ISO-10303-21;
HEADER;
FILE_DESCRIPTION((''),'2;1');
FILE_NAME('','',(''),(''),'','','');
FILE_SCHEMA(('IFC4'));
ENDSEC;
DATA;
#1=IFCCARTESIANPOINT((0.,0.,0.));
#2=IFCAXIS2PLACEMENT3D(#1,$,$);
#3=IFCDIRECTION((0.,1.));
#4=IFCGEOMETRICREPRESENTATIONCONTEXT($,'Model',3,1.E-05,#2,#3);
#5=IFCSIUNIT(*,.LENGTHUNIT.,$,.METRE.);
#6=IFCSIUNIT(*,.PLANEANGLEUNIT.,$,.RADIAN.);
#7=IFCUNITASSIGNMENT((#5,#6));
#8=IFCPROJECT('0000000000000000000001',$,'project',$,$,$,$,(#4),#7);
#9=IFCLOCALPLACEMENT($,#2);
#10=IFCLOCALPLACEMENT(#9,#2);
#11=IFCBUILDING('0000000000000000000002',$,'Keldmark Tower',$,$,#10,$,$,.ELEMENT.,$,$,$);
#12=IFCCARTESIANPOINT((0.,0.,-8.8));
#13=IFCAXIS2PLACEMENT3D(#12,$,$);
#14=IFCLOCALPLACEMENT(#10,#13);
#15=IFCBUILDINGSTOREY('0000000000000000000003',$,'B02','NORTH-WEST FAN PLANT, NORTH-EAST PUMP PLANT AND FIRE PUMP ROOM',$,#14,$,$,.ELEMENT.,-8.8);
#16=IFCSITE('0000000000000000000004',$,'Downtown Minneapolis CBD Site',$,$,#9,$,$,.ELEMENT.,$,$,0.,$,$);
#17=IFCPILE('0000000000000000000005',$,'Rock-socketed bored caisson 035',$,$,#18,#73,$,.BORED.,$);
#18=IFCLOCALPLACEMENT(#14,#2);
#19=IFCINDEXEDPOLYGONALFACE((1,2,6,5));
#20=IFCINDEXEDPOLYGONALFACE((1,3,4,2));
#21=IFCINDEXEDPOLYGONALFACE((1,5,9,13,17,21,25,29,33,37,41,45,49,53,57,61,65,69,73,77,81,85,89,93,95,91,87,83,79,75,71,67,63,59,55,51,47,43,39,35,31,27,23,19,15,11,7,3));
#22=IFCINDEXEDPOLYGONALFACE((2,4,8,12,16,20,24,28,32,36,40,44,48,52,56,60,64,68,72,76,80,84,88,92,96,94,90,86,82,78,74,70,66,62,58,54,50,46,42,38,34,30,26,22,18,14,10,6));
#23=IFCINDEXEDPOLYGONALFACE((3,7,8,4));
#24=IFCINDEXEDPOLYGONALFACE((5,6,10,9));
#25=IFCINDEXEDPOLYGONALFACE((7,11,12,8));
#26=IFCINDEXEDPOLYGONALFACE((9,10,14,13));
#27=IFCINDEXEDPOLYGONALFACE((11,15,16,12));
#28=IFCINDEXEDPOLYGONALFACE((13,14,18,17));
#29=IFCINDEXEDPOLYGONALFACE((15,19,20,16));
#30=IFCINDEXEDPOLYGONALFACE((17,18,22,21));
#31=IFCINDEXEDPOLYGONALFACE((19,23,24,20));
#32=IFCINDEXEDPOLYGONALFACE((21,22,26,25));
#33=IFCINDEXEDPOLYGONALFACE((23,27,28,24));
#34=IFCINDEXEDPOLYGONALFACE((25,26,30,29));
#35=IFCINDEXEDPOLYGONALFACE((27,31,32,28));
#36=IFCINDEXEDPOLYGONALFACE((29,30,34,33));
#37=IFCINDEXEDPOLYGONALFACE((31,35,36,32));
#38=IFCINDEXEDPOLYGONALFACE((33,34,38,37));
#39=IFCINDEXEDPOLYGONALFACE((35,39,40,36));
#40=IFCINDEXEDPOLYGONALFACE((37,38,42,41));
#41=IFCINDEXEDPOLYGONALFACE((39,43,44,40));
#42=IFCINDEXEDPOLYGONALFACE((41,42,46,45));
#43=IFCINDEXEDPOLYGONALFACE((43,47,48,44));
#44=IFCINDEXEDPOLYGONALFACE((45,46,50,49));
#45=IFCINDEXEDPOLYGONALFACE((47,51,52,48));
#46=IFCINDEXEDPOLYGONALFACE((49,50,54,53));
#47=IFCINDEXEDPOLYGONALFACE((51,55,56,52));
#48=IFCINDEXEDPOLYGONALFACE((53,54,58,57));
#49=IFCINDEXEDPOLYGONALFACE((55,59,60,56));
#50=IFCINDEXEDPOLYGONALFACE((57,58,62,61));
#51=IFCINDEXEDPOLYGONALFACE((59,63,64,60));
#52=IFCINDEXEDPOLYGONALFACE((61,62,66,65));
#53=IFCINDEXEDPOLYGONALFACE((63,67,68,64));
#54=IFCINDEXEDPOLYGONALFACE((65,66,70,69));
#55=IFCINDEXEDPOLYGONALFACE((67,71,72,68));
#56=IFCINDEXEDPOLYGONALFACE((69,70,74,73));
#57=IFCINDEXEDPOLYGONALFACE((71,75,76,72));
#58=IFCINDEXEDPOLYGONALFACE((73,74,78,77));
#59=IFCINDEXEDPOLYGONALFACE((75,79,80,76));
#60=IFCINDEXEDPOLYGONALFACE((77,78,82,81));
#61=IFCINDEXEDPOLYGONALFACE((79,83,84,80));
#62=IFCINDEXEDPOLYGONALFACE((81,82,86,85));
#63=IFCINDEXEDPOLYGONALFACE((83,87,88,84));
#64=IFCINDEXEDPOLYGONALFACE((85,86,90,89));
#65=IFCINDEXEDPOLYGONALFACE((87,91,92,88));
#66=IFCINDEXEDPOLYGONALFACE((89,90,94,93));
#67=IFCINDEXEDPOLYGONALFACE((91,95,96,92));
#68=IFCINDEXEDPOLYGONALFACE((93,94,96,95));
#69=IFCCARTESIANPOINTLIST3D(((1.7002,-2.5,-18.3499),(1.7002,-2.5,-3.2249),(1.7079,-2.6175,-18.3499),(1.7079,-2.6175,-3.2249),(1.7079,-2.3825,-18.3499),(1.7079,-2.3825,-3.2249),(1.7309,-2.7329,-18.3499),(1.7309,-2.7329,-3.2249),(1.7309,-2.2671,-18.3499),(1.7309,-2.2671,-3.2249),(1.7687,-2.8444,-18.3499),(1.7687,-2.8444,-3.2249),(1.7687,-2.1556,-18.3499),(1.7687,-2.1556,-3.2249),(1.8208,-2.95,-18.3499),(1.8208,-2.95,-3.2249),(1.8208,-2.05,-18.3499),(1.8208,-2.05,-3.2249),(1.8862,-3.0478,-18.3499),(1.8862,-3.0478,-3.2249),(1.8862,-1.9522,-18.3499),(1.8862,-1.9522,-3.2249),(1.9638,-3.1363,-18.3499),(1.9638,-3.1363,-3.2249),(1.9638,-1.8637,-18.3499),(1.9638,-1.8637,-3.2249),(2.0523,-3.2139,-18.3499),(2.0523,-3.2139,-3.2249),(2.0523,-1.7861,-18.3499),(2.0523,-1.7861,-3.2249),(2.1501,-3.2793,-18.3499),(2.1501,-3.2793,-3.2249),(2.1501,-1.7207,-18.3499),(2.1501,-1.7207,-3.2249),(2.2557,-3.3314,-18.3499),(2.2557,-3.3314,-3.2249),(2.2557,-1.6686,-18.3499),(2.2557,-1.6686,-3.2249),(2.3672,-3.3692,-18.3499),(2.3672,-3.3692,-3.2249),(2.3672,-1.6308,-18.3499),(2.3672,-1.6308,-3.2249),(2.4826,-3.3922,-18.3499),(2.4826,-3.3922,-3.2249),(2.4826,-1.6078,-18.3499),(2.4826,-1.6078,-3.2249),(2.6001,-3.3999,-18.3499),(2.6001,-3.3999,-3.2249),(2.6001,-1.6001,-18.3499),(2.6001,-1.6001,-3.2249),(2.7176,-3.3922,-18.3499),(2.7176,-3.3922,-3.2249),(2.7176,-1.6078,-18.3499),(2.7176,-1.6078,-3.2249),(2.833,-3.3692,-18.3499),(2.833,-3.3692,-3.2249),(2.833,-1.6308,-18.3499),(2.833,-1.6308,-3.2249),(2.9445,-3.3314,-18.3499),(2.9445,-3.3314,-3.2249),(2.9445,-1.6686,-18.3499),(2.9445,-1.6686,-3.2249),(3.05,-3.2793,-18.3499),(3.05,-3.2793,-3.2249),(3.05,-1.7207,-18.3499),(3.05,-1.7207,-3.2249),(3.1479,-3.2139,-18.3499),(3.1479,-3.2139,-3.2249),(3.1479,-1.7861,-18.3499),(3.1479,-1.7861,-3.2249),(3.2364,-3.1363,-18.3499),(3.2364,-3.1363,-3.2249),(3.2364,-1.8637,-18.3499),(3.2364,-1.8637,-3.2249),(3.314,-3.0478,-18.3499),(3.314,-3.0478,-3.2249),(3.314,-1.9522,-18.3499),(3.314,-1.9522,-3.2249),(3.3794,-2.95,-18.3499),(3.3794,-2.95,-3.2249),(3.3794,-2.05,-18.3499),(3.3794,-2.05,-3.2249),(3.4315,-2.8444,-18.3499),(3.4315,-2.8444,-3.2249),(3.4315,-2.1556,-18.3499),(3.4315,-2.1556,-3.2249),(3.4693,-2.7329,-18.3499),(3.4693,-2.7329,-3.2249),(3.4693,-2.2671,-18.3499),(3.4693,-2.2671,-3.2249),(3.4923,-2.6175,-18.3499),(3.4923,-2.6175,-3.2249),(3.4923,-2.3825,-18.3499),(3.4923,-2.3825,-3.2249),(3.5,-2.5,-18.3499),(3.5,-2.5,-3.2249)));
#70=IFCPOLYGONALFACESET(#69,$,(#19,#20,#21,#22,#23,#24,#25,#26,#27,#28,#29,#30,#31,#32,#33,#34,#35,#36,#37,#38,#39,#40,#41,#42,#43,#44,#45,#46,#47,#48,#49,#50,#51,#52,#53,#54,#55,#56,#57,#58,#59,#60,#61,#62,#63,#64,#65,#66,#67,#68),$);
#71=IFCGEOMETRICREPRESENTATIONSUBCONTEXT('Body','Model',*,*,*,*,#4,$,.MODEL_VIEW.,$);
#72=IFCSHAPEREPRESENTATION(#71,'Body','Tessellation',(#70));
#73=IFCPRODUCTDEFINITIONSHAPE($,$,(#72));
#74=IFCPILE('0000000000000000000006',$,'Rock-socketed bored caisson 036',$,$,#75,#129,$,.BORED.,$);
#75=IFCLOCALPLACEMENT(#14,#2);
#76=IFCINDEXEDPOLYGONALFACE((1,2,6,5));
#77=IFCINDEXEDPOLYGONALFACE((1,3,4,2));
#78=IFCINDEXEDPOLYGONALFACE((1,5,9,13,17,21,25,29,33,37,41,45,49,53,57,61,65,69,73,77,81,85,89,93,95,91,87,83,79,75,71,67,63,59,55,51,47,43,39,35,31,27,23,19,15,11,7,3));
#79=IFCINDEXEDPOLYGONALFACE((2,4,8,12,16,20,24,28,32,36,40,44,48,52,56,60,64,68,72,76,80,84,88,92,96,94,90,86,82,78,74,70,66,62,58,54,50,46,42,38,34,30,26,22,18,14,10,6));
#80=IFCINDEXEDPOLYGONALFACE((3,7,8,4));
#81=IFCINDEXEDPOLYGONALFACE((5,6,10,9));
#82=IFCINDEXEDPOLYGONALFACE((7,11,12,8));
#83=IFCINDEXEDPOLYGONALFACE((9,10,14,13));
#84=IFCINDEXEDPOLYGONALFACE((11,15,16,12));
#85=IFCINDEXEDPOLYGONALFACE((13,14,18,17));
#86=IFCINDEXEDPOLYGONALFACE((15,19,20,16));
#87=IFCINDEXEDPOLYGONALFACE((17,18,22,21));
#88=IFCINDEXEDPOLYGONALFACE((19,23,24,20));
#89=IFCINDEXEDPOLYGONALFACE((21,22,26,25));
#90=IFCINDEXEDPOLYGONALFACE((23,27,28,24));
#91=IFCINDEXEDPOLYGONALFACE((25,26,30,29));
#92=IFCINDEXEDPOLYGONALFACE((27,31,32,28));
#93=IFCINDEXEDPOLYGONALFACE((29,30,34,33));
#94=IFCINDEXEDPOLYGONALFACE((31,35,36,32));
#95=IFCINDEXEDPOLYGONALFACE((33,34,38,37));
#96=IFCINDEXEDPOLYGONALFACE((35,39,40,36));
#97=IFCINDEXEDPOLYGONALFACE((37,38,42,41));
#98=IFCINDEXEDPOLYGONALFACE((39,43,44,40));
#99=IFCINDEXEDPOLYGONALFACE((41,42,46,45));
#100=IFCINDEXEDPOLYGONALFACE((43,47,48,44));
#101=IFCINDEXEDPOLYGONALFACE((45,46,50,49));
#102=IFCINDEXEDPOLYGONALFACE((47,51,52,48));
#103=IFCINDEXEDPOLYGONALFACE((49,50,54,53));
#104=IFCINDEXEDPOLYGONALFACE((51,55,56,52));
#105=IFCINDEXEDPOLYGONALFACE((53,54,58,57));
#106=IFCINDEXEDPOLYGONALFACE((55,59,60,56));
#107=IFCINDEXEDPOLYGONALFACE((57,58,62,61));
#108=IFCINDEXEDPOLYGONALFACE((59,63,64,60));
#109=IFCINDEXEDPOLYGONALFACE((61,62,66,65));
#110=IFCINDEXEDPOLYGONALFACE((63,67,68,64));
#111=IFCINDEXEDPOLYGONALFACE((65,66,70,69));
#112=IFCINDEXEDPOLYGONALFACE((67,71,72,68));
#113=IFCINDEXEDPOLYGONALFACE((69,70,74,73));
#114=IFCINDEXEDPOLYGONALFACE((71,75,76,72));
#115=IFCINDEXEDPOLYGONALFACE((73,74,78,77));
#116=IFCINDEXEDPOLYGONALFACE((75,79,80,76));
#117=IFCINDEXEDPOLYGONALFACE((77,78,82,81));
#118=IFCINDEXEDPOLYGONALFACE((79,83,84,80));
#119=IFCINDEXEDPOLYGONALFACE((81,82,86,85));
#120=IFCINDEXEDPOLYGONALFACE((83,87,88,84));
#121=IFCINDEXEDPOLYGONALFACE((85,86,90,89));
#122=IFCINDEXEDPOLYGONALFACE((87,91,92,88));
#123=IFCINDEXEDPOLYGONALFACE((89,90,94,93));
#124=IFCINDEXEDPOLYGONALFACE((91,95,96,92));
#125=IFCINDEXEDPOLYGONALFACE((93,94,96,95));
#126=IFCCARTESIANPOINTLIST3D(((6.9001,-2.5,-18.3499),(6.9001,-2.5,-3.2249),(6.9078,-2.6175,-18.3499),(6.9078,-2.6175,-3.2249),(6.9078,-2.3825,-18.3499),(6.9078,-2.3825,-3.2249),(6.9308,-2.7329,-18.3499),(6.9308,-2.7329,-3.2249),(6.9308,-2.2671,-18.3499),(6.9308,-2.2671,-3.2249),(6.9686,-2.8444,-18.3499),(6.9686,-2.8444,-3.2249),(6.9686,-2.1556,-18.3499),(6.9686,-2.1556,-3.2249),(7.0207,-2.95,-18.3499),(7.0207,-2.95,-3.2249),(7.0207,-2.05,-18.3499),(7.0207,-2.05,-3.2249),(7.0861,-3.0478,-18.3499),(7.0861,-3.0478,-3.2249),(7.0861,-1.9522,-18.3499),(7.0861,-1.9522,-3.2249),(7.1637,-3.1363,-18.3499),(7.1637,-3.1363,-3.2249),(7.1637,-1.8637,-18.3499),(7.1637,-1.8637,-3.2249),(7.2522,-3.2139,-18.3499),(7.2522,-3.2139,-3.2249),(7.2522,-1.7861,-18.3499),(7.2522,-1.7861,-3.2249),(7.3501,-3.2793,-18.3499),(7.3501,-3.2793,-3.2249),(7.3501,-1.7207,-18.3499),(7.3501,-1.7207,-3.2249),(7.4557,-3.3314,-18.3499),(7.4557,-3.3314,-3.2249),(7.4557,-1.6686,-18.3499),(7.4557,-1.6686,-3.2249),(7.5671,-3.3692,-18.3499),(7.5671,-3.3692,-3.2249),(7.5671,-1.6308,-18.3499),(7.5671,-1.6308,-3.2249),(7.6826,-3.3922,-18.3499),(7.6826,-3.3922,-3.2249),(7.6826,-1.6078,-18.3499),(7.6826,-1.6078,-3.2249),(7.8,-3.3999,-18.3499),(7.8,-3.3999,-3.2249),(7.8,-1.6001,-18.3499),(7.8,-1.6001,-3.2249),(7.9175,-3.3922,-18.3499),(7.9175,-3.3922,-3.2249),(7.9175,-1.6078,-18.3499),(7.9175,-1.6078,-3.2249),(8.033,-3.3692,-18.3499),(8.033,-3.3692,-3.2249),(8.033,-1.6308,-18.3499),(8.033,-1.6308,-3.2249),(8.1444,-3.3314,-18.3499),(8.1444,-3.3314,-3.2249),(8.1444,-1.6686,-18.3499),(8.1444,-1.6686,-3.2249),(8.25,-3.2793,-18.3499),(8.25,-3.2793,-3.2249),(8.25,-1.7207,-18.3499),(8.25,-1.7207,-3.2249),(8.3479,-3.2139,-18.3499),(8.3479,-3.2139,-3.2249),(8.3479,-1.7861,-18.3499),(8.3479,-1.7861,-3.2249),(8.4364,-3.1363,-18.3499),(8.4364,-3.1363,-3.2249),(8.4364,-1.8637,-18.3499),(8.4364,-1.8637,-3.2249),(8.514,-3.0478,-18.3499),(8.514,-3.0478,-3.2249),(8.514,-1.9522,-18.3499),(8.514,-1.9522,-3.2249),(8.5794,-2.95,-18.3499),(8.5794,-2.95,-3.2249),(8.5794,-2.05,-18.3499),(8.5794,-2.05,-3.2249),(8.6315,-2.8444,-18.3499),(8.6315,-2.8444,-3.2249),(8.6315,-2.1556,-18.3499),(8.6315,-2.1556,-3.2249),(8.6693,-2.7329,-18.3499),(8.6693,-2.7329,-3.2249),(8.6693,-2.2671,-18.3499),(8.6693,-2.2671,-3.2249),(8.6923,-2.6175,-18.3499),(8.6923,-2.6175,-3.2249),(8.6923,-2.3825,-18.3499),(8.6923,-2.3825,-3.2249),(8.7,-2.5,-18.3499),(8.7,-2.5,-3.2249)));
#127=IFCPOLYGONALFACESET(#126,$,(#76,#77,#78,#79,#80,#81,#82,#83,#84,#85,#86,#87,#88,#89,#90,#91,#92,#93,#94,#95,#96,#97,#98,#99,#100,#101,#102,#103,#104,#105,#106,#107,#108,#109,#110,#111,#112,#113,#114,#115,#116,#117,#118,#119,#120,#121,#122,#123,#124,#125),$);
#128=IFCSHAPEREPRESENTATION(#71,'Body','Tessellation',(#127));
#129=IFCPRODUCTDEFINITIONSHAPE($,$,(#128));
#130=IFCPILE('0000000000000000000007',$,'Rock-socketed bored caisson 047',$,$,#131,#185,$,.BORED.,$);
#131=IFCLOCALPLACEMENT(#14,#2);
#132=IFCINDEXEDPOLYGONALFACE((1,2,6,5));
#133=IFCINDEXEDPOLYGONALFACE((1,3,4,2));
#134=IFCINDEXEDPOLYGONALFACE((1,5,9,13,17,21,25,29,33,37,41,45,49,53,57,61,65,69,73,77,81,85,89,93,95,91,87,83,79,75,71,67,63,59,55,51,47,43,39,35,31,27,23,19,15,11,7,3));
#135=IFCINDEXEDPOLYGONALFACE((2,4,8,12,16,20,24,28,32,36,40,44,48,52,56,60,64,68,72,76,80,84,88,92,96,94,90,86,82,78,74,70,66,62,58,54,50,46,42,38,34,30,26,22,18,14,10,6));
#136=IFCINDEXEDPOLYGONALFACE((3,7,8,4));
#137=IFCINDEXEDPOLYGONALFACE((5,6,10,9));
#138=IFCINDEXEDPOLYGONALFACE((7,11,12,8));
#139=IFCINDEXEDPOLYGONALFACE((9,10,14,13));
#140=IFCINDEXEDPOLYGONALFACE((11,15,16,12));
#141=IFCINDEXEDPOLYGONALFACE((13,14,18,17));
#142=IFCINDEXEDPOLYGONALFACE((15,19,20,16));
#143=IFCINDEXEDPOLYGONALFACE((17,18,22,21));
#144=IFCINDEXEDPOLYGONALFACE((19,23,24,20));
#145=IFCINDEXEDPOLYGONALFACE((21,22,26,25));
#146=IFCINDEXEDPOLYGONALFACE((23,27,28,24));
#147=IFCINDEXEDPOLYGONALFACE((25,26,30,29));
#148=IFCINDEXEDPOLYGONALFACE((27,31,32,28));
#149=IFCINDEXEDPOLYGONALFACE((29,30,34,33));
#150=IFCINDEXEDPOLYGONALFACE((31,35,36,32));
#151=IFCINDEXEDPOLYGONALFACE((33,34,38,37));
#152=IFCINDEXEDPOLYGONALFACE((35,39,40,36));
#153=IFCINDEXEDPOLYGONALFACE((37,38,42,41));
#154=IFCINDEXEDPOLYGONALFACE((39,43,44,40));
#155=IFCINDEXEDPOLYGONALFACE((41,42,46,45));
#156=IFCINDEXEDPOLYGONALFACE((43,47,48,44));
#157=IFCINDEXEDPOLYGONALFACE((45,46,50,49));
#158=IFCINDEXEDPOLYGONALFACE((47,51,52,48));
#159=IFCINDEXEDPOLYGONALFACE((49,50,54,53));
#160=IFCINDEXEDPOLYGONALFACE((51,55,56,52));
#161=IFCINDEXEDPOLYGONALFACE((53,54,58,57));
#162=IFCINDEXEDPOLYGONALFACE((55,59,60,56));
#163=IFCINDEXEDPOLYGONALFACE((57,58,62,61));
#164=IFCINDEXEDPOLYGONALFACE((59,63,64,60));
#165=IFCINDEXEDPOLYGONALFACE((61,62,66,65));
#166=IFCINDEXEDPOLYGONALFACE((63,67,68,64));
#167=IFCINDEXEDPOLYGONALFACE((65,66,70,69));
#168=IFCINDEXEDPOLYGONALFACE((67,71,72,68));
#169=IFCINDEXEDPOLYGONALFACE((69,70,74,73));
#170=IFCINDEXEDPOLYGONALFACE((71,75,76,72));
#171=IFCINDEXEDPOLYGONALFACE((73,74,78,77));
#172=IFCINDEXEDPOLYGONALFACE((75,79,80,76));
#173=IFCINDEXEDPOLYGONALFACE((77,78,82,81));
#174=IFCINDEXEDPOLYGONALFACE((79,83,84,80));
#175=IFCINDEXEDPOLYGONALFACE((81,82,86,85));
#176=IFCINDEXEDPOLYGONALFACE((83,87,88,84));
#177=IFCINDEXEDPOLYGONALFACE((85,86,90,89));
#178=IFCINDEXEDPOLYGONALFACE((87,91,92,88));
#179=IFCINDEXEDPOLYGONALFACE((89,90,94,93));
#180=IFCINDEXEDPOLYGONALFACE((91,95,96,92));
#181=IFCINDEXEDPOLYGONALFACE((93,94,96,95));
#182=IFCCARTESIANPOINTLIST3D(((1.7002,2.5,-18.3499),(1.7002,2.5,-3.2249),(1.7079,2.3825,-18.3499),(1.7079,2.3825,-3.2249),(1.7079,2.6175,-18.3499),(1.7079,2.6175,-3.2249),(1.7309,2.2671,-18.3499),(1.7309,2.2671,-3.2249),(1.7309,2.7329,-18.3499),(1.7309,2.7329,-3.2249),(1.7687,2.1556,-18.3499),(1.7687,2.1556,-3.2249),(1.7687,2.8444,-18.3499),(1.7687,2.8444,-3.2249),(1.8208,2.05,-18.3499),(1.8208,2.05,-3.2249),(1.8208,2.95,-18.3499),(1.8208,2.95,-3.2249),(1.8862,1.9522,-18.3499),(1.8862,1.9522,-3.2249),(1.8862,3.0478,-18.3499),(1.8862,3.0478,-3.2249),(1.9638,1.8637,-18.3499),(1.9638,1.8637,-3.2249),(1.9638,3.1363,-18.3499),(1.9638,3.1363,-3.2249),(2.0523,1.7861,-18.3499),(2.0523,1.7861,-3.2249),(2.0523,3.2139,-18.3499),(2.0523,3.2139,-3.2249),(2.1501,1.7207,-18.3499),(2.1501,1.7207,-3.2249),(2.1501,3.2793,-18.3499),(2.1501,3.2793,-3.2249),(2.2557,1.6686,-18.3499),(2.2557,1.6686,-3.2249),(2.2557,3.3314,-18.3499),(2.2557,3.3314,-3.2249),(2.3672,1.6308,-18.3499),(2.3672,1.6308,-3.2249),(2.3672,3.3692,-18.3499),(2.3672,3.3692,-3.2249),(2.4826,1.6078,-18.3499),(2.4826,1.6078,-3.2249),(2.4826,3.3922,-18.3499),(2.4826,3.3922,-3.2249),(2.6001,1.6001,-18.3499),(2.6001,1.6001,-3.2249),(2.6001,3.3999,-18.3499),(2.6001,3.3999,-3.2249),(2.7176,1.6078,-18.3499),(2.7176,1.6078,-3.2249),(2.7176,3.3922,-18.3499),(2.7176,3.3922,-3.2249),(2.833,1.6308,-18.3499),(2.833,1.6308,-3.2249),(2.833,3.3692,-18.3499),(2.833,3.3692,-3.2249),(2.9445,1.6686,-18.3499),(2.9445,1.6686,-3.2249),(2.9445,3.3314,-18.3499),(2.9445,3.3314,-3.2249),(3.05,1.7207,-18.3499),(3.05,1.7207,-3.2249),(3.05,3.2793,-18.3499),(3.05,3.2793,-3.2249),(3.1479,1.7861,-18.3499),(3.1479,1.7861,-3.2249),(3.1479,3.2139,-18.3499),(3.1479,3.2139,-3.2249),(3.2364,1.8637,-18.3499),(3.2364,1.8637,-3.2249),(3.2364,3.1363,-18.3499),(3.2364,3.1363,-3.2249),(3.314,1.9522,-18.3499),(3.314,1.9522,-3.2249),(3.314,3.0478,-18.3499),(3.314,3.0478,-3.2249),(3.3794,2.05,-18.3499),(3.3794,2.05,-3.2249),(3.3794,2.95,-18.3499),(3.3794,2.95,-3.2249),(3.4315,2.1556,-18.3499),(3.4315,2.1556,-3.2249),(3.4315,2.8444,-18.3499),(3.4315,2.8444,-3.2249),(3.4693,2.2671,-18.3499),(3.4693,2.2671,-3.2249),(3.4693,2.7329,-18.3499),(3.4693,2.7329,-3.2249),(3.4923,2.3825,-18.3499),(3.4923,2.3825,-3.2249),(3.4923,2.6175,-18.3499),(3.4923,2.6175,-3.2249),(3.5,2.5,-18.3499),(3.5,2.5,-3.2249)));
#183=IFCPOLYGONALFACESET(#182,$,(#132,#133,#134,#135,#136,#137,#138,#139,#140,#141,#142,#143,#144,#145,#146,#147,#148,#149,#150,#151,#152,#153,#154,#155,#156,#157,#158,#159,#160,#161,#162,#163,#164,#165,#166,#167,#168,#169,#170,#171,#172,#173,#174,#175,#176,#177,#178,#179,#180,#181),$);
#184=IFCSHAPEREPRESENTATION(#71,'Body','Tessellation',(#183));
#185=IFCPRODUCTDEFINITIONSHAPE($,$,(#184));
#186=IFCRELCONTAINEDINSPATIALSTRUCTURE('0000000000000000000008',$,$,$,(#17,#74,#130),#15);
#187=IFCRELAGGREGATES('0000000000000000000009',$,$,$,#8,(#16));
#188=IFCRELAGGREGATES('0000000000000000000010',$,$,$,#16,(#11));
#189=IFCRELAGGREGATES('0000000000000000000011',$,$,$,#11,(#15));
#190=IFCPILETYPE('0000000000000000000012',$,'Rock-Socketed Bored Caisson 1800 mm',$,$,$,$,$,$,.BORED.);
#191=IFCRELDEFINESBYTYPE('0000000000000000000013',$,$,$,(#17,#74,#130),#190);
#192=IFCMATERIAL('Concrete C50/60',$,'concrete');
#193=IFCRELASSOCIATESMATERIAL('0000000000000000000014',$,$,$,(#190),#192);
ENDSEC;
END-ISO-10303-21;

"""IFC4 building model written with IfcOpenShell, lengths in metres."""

from ifc_helpers import new_model, si_unit, direction, frame, origin, origin_2d, place, context, subcontext, project, spatial, circle, extrude, material, material_profile, profile_set, type_object, element, save


model = new_model("IFC4")

# Units and contexts
model_context = context("Model", 3, precision=1e-05, world=origin(), true_north=direction((0.0, 1.0)))
body_context = subcontext(model_context, "Body", "Model", "MODEL_VIEW")
ifc_project = project(units=[si_unit("LENGTHUNIT", "METRE"), si_unit("PLANEANGLEUNIT", "RADIAN")], contexts=[model_context])

# Site, building, storey
site_placement = place(None, origin())
site = spatial("IfcSite", under=ifc_project, at=site_placement, Name="Downtown Minneapolis CBD Site", CompositionType="ELEMENT", RefElevation=0.0)
building_placement = place(site_placement, origin())
building = spatial("IfcBuilding", under=site, at=building_placement, Name="Keldmark Tower", CompositionType="ELEMENT")
storey_placement = place(building_placement, frame((0.0, 0.0, -8.8)))
storey = spatial("IfcBuildingStorey", under=building, at=storey_placement, Name="B02", Description="NORTH-WEST FAN PLANT, NORTH-EAST PUMP PLANT AND FIRE PUMP ROOM", CompositionType="ELEMENT", Elevation=-8.8)

# Piles
ifc_material_1 = material(Name="Concrete C50/60", Category="concrete")
ifc_material_profile_1 = material_profile(ifc_material_1, circle(Radius=0.8999, at=origin_2d()), Name="CAISSON1800")
ifc_profile_set_1 = profile_set([ifc_material_profile_1], Name="Concrete C50/60")
pile_type_1 = type_object("IfcPileType", Name="Rock-Socketed Bored Caisson 1800 mm", PredefinedType="BORED", material=ifc_profile_set_1)
for number, where, z_axis, x_axis, name in (
    (1, (2.6001, -2.5, -3.2249), (0.0, 0.0, -1.0), (1.0, 0.0, 0.0), "Rock-socketed bored caisson 035"),
    (2, (7.8, -2.5, -3.2249), (0.0, 0.0, -1.0), (1.0, 0.0, 0.0), "Rock-socketed bored caisson 036"),
    (3, (2.6001, 2.5, -3.2249), (0.0, 0.0, -1.0), (1.0, 0.0, 0.0), "Rock-socketed bored caisson 047"),
):
    element("IfcPile", number, at=place(storey_placement, frame(where, z_axis=z_axis, x_axis=x_axis)), inside=storey, type_object=pile_type_1, Name=name, PredefinedType="BORED", context=body_context, shape_type="SweptSolid", body=[
        extrude(circle(Radius=0.8999, at=origin_2d()), origin(), (0.0, 0.0, 1.0), 15.125),
    ])

save(model, "model.ifc")
